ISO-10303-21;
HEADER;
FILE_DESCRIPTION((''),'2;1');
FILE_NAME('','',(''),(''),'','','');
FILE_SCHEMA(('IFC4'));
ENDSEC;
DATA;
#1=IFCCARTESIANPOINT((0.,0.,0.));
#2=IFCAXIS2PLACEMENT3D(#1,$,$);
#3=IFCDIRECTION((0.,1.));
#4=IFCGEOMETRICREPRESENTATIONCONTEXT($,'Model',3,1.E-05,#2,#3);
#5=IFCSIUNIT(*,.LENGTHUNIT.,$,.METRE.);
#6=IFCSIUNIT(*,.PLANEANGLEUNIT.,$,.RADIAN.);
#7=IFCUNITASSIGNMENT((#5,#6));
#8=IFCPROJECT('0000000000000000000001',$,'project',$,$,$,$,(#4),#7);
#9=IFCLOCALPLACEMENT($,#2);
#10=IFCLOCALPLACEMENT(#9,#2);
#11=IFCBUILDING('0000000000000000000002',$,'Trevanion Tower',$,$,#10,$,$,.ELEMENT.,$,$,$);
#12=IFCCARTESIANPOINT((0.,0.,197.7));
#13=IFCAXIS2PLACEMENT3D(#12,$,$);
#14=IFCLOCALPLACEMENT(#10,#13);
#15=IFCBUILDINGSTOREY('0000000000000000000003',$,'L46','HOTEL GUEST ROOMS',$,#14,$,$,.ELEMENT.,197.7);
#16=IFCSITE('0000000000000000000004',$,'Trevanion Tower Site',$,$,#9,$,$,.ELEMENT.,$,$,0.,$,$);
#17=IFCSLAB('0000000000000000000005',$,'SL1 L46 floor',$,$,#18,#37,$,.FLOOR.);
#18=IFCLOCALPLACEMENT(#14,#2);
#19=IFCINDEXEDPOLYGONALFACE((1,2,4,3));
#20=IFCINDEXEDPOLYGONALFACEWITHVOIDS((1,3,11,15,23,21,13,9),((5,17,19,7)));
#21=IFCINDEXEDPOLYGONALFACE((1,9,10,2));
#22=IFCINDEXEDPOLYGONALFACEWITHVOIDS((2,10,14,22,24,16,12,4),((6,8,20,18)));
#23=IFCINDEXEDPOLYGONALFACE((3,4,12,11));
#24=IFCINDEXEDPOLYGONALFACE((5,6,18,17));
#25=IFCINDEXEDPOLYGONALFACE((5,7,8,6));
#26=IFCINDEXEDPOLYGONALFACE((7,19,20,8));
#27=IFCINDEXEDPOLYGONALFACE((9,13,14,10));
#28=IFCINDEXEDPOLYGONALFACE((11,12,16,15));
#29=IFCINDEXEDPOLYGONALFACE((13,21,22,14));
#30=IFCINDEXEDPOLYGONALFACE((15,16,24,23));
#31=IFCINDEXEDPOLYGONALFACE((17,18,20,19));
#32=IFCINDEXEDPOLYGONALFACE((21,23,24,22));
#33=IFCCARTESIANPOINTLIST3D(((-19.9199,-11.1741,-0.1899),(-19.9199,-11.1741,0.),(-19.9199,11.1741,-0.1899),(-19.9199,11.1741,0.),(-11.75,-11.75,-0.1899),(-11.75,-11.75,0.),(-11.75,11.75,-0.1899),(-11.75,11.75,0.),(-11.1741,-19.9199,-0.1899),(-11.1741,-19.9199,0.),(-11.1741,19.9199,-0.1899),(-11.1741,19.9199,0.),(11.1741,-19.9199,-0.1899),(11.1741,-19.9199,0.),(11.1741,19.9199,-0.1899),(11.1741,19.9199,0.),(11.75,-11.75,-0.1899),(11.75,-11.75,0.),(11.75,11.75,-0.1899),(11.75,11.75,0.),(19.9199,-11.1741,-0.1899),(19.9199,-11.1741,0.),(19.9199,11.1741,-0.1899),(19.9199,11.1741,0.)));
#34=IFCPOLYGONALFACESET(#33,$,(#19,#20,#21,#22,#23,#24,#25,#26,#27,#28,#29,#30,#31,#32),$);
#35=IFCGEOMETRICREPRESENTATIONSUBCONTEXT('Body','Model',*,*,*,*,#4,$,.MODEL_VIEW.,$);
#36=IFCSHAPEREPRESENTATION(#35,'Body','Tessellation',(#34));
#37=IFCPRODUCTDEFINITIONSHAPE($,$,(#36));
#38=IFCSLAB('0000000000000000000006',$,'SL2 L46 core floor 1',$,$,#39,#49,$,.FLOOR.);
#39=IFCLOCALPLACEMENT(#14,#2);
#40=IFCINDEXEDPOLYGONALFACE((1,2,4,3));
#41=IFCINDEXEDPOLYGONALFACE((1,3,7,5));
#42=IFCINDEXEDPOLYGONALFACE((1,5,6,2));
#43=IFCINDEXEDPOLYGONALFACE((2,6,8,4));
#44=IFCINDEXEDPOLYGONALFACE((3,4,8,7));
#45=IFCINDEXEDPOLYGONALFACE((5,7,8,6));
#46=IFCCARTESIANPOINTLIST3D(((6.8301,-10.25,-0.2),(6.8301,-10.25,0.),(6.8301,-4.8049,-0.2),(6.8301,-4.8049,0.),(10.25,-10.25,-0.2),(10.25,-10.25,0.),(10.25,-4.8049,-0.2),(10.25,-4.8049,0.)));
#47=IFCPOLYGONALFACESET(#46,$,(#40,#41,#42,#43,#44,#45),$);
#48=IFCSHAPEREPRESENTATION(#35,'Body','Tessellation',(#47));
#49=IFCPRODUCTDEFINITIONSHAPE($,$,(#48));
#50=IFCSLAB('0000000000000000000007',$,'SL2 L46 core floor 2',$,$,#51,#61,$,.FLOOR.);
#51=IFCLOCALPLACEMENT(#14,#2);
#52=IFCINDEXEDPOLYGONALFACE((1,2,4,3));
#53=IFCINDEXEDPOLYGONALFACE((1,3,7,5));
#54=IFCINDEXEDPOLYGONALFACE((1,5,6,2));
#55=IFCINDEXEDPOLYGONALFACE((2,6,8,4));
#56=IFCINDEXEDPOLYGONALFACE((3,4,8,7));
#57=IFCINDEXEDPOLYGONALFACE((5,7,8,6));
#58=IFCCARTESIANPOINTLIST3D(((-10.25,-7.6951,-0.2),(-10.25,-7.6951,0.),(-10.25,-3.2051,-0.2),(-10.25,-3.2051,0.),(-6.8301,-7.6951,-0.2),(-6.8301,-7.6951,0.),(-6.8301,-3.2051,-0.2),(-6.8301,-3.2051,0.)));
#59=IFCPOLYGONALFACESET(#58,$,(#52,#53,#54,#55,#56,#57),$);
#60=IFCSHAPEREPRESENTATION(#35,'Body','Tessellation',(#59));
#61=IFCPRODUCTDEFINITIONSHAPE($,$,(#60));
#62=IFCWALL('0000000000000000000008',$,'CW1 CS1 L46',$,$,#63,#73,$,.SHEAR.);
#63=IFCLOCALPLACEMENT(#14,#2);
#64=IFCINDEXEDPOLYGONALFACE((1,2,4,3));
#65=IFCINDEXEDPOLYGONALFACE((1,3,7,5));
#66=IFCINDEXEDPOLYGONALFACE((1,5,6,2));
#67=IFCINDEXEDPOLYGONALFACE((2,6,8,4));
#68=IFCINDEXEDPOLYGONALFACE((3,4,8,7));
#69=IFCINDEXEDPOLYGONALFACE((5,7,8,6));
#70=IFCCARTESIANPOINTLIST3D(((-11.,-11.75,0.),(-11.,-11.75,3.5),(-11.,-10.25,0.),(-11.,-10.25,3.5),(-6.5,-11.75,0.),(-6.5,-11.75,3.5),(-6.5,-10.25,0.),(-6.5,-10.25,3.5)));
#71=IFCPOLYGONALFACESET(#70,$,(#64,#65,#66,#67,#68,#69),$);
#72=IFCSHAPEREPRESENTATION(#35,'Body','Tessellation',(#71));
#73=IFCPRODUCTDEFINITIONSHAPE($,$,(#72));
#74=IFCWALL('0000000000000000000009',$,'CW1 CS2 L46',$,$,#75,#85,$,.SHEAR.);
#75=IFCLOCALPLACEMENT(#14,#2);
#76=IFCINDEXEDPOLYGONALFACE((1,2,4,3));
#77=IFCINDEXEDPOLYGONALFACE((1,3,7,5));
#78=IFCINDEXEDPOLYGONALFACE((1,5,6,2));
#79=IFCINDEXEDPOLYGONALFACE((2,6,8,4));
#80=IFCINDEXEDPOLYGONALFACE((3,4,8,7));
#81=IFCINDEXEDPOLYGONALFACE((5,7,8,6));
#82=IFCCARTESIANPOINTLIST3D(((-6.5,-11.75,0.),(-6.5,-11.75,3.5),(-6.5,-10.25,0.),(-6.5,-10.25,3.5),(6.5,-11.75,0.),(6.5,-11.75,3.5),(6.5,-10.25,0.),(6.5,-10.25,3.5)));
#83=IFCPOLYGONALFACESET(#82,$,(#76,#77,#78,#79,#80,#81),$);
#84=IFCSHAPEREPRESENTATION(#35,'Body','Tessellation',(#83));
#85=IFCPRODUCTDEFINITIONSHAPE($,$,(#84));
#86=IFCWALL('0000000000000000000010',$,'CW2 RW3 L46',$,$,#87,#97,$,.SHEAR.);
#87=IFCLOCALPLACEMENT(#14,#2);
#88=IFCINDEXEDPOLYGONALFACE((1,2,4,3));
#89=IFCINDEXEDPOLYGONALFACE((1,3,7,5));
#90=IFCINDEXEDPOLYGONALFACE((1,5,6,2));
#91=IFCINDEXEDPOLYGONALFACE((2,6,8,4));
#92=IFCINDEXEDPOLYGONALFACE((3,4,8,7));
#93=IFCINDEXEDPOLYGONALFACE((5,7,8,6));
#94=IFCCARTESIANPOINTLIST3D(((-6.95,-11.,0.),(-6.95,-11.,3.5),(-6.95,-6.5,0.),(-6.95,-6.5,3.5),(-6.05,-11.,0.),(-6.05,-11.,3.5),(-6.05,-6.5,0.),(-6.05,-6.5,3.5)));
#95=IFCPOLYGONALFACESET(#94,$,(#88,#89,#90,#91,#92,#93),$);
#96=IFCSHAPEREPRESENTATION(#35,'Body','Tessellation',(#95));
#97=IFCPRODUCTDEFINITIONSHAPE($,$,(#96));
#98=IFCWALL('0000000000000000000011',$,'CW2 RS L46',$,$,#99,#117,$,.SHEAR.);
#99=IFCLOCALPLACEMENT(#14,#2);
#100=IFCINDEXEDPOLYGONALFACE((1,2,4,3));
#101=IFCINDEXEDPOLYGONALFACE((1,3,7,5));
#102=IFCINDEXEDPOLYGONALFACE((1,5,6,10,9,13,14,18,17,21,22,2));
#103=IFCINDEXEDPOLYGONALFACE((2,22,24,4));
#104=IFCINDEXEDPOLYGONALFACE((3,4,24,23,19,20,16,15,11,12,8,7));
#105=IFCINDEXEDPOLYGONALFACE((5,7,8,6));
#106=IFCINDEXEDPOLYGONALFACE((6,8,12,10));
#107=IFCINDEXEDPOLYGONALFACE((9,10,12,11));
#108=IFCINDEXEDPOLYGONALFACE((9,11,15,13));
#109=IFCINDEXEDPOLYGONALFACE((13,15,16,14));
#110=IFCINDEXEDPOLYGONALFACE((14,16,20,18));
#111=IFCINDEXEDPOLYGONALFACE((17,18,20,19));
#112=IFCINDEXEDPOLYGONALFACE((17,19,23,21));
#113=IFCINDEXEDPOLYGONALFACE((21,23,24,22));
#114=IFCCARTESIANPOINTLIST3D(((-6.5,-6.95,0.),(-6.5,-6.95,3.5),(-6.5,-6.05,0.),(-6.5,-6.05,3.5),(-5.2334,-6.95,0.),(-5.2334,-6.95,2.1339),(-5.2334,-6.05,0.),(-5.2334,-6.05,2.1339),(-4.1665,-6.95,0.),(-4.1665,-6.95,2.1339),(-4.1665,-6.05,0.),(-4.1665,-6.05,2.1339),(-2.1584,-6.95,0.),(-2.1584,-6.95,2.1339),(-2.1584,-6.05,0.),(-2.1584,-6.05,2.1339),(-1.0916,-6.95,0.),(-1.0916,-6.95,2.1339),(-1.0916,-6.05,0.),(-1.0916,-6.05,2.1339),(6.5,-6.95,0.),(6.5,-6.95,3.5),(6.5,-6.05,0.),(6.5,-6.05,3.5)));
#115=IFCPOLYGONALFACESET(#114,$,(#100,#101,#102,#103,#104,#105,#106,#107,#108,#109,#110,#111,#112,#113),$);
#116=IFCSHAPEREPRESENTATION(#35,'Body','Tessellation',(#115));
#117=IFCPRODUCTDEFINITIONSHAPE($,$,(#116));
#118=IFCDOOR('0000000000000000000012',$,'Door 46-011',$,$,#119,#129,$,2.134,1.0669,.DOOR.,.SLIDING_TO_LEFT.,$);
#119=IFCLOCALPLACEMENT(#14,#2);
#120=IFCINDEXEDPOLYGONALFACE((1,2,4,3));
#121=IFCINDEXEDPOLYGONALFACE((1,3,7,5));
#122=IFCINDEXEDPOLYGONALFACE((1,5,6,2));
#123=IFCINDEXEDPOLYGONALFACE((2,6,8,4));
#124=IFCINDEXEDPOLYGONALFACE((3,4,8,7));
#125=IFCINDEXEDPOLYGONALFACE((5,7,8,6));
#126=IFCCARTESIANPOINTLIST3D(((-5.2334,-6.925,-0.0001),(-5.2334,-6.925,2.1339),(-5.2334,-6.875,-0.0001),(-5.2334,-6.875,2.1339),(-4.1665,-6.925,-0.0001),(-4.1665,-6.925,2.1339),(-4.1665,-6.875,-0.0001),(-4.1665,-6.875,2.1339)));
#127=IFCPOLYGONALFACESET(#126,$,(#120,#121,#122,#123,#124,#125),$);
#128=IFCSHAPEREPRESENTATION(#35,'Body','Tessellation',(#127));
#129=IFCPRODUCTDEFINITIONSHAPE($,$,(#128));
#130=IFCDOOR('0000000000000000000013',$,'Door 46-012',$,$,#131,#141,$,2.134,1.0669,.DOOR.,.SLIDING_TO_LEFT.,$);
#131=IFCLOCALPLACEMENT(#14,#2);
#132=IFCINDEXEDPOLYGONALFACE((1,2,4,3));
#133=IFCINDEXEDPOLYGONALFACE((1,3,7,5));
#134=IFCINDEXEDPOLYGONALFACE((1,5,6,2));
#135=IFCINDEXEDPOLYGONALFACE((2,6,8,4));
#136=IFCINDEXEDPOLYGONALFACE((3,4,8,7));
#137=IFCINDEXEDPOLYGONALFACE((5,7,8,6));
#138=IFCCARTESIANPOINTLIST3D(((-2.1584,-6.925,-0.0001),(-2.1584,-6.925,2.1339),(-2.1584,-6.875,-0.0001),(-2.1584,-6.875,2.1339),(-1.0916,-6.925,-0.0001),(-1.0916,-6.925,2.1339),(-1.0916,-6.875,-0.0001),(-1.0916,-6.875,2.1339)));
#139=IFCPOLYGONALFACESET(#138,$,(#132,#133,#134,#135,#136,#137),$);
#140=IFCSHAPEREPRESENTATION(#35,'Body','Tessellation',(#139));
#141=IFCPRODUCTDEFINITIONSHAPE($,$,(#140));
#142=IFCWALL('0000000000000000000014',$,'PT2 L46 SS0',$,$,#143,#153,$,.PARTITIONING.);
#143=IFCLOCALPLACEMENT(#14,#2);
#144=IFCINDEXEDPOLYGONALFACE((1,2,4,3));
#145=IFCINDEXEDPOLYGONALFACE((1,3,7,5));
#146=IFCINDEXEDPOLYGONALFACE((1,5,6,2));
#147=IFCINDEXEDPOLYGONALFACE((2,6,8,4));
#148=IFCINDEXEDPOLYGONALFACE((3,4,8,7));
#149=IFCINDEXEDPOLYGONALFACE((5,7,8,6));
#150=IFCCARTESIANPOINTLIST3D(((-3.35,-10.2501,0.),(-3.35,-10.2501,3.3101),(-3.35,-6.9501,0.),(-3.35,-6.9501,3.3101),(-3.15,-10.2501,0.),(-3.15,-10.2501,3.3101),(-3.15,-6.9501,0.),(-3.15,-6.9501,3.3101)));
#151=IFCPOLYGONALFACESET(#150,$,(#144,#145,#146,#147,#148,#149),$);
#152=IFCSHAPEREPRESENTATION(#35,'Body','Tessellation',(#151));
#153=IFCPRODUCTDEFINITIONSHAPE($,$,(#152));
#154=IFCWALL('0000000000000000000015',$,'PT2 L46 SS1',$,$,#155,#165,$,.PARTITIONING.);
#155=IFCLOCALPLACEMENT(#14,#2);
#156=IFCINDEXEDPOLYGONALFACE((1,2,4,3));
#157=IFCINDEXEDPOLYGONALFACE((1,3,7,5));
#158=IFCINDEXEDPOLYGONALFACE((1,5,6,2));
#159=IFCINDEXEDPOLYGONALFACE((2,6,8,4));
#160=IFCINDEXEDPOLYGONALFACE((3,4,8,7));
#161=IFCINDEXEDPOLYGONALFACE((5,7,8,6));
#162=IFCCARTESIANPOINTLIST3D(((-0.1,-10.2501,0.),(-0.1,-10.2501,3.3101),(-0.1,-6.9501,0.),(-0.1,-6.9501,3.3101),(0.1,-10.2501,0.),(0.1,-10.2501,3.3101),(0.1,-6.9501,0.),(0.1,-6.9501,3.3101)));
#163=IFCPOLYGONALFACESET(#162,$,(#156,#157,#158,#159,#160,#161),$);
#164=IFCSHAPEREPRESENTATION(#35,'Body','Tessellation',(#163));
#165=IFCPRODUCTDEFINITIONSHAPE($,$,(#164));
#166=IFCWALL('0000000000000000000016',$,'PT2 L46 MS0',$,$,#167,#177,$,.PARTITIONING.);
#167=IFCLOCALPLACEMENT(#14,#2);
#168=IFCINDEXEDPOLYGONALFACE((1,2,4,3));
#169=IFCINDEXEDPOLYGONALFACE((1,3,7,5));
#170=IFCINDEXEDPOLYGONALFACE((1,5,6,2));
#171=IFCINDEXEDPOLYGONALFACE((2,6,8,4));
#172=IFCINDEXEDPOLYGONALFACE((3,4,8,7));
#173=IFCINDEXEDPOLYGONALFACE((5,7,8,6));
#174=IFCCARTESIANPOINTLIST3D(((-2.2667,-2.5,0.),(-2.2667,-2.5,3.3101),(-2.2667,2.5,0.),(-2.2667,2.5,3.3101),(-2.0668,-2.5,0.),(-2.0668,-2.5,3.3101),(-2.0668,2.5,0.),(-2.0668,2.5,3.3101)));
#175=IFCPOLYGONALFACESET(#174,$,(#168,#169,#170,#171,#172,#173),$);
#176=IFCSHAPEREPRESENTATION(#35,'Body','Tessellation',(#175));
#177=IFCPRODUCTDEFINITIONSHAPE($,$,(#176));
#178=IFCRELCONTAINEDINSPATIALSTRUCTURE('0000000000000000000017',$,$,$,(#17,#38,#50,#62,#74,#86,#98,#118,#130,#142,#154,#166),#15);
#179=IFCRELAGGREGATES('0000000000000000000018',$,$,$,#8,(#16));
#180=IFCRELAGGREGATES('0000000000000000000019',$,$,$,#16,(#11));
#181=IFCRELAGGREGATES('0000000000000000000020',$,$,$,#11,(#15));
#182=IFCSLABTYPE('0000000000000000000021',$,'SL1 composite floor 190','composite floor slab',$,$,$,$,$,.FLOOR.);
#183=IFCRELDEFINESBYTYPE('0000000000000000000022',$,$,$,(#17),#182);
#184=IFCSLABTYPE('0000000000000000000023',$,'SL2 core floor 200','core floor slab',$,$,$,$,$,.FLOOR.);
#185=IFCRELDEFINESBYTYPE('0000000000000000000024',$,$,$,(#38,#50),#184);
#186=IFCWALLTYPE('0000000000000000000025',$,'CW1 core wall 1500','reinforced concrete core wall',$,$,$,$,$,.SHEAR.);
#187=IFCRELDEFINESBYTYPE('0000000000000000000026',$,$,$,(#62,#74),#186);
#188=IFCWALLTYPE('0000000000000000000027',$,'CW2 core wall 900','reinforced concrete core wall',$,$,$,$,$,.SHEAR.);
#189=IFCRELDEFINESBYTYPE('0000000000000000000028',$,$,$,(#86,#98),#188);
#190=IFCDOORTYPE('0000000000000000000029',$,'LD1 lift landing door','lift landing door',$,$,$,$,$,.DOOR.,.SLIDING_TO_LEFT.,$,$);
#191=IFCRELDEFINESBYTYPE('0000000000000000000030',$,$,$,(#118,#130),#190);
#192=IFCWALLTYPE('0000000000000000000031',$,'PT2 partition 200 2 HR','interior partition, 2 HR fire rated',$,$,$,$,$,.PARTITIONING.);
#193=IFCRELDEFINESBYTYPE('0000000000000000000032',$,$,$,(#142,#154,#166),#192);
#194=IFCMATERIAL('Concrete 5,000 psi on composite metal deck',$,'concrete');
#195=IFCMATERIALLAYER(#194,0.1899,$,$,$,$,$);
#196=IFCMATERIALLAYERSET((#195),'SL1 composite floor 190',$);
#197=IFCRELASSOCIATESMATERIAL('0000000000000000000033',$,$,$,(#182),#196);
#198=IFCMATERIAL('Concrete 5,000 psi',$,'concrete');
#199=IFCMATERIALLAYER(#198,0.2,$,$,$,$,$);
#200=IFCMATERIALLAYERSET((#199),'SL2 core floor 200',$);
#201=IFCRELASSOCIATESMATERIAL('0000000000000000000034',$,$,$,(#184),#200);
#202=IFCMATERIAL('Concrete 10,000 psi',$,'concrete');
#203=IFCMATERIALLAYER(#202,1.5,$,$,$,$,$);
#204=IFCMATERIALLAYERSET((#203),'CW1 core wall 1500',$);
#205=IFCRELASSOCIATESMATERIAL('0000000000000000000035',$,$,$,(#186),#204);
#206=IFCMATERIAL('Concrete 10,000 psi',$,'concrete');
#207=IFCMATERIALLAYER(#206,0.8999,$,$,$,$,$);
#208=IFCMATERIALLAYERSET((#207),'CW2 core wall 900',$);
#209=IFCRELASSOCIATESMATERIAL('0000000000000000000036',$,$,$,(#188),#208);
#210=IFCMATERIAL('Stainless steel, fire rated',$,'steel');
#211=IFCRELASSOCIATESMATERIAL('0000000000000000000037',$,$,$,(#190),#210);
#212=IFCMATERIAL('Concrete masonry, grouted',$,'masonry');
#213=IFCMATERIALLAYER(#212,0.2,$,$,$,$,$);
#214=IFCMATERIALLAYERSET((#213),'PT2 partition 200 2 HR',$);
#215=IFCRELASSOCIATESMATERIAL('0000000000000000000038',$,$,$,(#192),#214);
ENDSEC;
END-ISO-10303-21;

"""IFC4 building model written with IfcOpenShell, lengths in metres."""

from ifc_helpers import new_model, si_unit, direction, frame, frame_2d, origin, place, context, subcontext, project, spatial, polyline, rectangle, outline, extrude, material, layer, layer_set, type_object, element, fill, save


model = new_model("IFC4")

# Units and contexts
model_context = context("Model", 3, precision=1e-05, world=origin(), true_north=direction((0.0, 1.0)))
body_context = subcontext(model_context, "Body", "Model", "MODEL_VIEW")
ifc_project = project(units=[si_unit("LENGTHUNIT", "METRE"), si_unit("PLANEANGLEUNIT", "RADIAN")], contexts=[model_context])

# Site, building, storey
site_placement = place(None, origin())
site = spatial("IfcSite", under=ifc_project, at=site_placement, Name="Trevanion Tower Site", CompositionType="ELEMENT", RefElevation=0.0)
building_placement = place(site_placement, origin())
building = spatial("IfcBuilding", under=site, at=building_placement, Name="Trevanion Tower", CompositionType="ELEMENT")
storey_placement = place(building_placement, frame((0.0, 0.0, 197.7)))
storey = spatial("IfcBuildingStorey", under=building, at=storey_placement, Name="L46", Description="HOTEL GUEST ROOMS", CompositionType="ELEMENT", Elevation=197.7)

# Slabs
ifc_material_1 = material(Name="Concrete 5,000 psi on composite metal deck", Category="concrete")
ifc_layer_1 = layer(ifc_material_1, 0.1899)
ifc_layer_set_1 = layer_set([ifc_layer_1], Name="SL1 composite floor 190")
slab_type_1 = type_object("IfcSlabType", Name="SL1 composite floor 190", Description="composite floor slab", PredefinedType="FLOOR", material=ifc_layer_set_1)
slab_1_placement = place(storey_placement, frame((0.0, 0.0, -0.1899)))
element("IfcSlab", 1, at=slab_1_placement, inside=storey, type_object=slab_type_1, Name="SL1 L46 floor", PredefinedType="FLOOR", context=body_context, shape_type="SweptSolid", body=[
    extrude(outline(polyline([(19.9199, -11.1741), (19.9199, 11.1741), (11.1741, 19.9199), (-11.1741, 19.9199), (-19.9199, 11.1741), (-19.9199, -11.1741), (-11.1741, -19.9199), (11.1741, -19.9199), (19.9199, -11.1741)]), holes=[polyline([(11.75, -11.75), (11.75, 11.75), (-11.75, 11.75), (-11.75, -11.75), (11.75, -11.75)])]), origin(), (0.0, 0.0, 1.0), 0.1899),
])
ifc_material_2 = material(Name="Concrete 5,000 psi", Category="concrete")
ifc_layer_2 = layer(ifc_material_2, 0.2)
ifc_layer_set_2 = layer_set([ifc_layer_2], Name="SL2 core floor 200")
slab_type_2 = type_object("IfcSlabType", Name="SL2 core floor 200", Description="core floor slab", PredefinedType="FLOOR", material=ifc_layer_set_2)
slab_2_placement = place(storey_placement, frame((0.0, 0.0, -0.2)))
element("IfcSlab", 2, at=slab_2_placement, inside=storey, type_object=slab_type_2, Name="SL2 L46 core floor 1", PredefinedType="FLOOR", context=body_context, shape_type="SweptSolid", body=[
    extrude(outline(polyline([(10.25, -4.8049), (10.25, -10.25), (6.8301, -10.25), (6.8301, -4.8049), (10.25, -4.8049)])), origin(), (0.0, 0.0, 1.0), 0.2),
])
slab_3_placement = place(storey_placement, frame((0.0, 0.0, -0.2)))
element("IfcSlab", 3, at=slab_3_placement, inside=storey, type_object=slab_type_2, Name="SL2 L46 core floor 2", PredefinedType="FLOOR", context=body_context, shape_type="SweptSolid", body=[
    extrude(outline(polyline([(-6.8301, -3.2051), (-6.8301, -7.6951), (-10.25, -7.6951), (-10.25, -3.2051), (-6.8301, -3.2051)])), origin(), (0.0, 0.0, 1.0), 0.2),
])

# Walls
ifc_material_3 = material(Name="Concrete 10,000 psi", Category="concrete")
ifc_layer_3 = layer(ifc_material_3, 1.5)
ifc_layer_set_3 = layer_set([ifc_layer_3], Name="CW1 core wall 1500")
wall_type_1 = type_object("IfcWallType", Name="CW1 core wall 1500", Description="reinforced concrete core wall", PredefinedType="SHEAR", material=ifc_layer_set_3)
wall_1_placement = place(storey_placement, frame((-11.0, -11.0, 0.0), z_axis=(0.0, 0.0, 1.0), x_axis=(1.0, 0.0, 0.0)))
element("IfcWall", 4, at=wall_1_placement, inside=storey, type_object=wall_type_1, Name="CW1 CS1 L46", PredefinedType="SHEAR", context=body_context, shape_type="SweptSolid", body=[
    extrude(rectangle(XDim=4.5, YDim=1.5, at=frame_2d((2.25, 0.0))), origin(), (0.0, 0.0, 1.0), 3.5),
])
wall_2_placement = place(storey_placement, frame((-6.5, -11.0, 0.0), z_axis=(0.0, 0.0, 1.0), x_axis=(1.0, 0.0, 0.0)))
element("IfcWall", 5, at=wall_2_placement, inside=storey, type_object=wall_type_1, Name="CW1 CS2 L46", PredefinedType="SHEAR", context=body_context, shape_type="SweptSolid", body=[
    extrude(rectangle(XDim=13.0, YDim=1.5, at=frame_2d((6.5, 0.0))), origin(), (0.0, 0.0, 1.0), 3.5),
])
ifc_material_4 = material(Name="Concrete 10,000 psi", Category="concrete")
ifc_layer_4 = layer(ifc_material_4, 0.8999)
ifc_layer_set_4 = layer_set([ifc_layer_4], Name="CW2 core wall 900")
wall_type_2 = type_object("IfcWallType", Name="CW2 core wall 900", Description="reinforced concrete core wall", PredefinedType="SHEAR", material=ifc_layer_set_4)
wall_3_placement = place(storey_placement, frame((-6.5, -6.5, 0.0), z_axis=(0.0, 0.0, 1.0), x_axis=(0.0, -1.0, 0.0)))
element("IfcWall", 6, at=wall_3_placement, inside=storey, type_object=wall_type_2, Name="CW2 RW3 L46", PredefinedType="SHEAR", context=body_context, shape_type="SweptSolid", body=[
    extrude(rectangle(XDim=4.5, YDim=0.8999, at=frame_2d((2.25, 0.0))), origin(), (0.0, 0.0, 1.0), 3.5),
])

# Wall, openings, doors
wall_4_placement = place(storey_placement, frame((-6.5, -6.5, 0.0), z_axis=(0.0, 0.0, 1.0), x_axis=(1.0, 0.0, 0.0)))
wall_4 = element("IfcWall", 7, at=wall_4_placement, inside=storey, type_object=wall_type_2, Name="CW2 RS L46", PredefinedType="SHEAR", context=body_context, shape_type="SweptSolid", body=[
    extrude(rectangle(XDim=13.0, YDim=0.8999, at=frame_2d((6.5, 0.0))), origin(), (0.0, 0.0, 1.0), 3.5),
])
opening_1_placement = place(wall_4_placement, frame((1.2666, 0.0, 0.0)))
opening_1 = element("IfcOpeningElement", 8, at=opening_1_placement, cuts=wall_4, PredefinedType="OPENING", context=body_context, shape_type="SweptSolid", body=[
    extrude(rectangle(XDim=1.0669, YDim=2.134, at=frame_2d((0.5334, 1.0669))), frame((0.0, 0.46, 0.0), z_axis=(0.0, -1.0, 0.0), x_axis=(1.0, 0.0, 0.0)), (0.0, 0.0, 1.0), 0.9199),
])
opening_2_placement = place(wall_4_placement, frame((4.3416, 0.0, 0.0)))
opening_2 = element("IfcOpeningElement", 9, at=opening_2_placement, cuts=wall_4, PredefinedType="OPENING", context=body_context, shape_type="SweptSolid", body=[
    extrude(rectangle(XDim=1.0669, YDim=2.134, at=frame_2d((0.5334, 1.0669))), frame((0.0, 0.46, 0.0), z_axis=(0.0, -1.0, 0.0), x_axis=(1.0, 0.0, 0.0)), (0.0, 0.0, 1.0), 0.9199),
])
ifc_material_5 = material(Name="Stainless steel, fire rated", Category="steel")
door_type_1 = type_object("IfcDoorType", Name="LD1 lift landing door", Description="lift landing door", OperationType="SLIDING_TO_LEFT", PredefinedType="DOOR", material=ifc_material_5)
door_1_placement = place(opening_1_placement, origin())
door_1 = element("IfcDoor", 10, at=door_1_placement, inside=storey, type_object=door_type_1, Name="Door 46-011", OperationType="SLIDING_TO_LEFT", OverallHeight=2.134, OverallWidth=1.0669, PredefinedType="DOOR", context=body_context, shape_type="SweptSolid", body=[
    extrude(rectangle(XDim=1.0669, YDim=2.134, at=frame_2d((0.5334, 1.0669))), frame((0.0, -0.375, 0.0), z_axis=(0.0, -1.0, 0.0), x_axis=(1.0, 0.0, 0.0)), (0.0, 0.0, 1.0), 0.05),
])
fill(opening_1, door_1)
door_2_placement = place(opening_2_placement, origin())
door_2 = element("IfcDoor", 11, at=door_2_placement, inside=storey, type_object=door_type_1, Name="Door 46-012", OperationType="SLIDING_TO_LEFT", OverallHeight=2.134, OverallWidth=1.0669, PredefinedType="DOOR", context=body_context, shape_type="SweptSolid", body=[
    extrude(rectangle(XDim=1.0669, YDim=2.134, at=frame_2d((0.5334, 1.0669))), frame((0.0, -0.375, 0.0), z_axis=(0.0, -1.0, 0.0), x_axis=(1.0, 0.0, 0.0)), (0.0, 0.0, 1.0), 0.05),
])
fill(opening_2, door_2)

# Walls
ifc_material_6 = material(Name="Concrete masonry, grouted", Category="masonry")
ifc_layer_5 = layer(ifc_material_6, 0.2)
ifc_layer_set_5 = layer_set([ifc_layer_5], Name="PT2 partition 200 2 HR")
wall_type_3 = type_object("IfcWallType", Name="PT2 partition 200 2 HR", Description="interior partition, 2 HR fire rated", PredefinedType="PARTITIONING", material=ifc_layer_set_5)
for number, where, z_axis, x_axis, name in (
    (12, (-3.25, -10.25, 0.0), (0.0, 0.0, 1.0), (0.0, 1.0, 0.0), "PT2 L46 SS0"),
    (13, (0.0, -10.25, 0.0), (0.0, 0.0, 1.0), (0.0, 1.0, 0.0), "PT2 L46 SS1"),
):
    element("IfcWall", number, at=place(storey_placement, frame(where, z_axis=z_axis, x_axis=x_axis)), inside=storey, type_object=wall_type_3, Name=name, PredefinedType="PARTITIONING", context=body_context, shape_type="SweptSolid", body=[
        extrude(rectangle(XDim=3.3, YDim=0.2, at=frame_2d((1.6499, 0.0))), origin(), (0.0, 0.0, 1.0), 3.3101),
    ])
wall_5_placement = place(storey_placement, frame((-2.1667, -2.5, 0.0), z_axis=(0.0, 0.0, 1.0), x_axis=(0.0, 1.0, 0.0)))
element("IfcWall", 14, at=wall_5_placement, inside=storey, type_object=wall_type_3, Name="PT2 L46 MS0", PredefinedType="PARTITIONING", context=body_context, shape_type="SweptSolid", body=[
    extrude(rectangle(XDim=5.0, YDim=0.2, at=frame_2d((2.5, 0.0))), origin(), (0.0, 0.0, 1.0), 3.3101),
])

save(model, "model.ifc")
